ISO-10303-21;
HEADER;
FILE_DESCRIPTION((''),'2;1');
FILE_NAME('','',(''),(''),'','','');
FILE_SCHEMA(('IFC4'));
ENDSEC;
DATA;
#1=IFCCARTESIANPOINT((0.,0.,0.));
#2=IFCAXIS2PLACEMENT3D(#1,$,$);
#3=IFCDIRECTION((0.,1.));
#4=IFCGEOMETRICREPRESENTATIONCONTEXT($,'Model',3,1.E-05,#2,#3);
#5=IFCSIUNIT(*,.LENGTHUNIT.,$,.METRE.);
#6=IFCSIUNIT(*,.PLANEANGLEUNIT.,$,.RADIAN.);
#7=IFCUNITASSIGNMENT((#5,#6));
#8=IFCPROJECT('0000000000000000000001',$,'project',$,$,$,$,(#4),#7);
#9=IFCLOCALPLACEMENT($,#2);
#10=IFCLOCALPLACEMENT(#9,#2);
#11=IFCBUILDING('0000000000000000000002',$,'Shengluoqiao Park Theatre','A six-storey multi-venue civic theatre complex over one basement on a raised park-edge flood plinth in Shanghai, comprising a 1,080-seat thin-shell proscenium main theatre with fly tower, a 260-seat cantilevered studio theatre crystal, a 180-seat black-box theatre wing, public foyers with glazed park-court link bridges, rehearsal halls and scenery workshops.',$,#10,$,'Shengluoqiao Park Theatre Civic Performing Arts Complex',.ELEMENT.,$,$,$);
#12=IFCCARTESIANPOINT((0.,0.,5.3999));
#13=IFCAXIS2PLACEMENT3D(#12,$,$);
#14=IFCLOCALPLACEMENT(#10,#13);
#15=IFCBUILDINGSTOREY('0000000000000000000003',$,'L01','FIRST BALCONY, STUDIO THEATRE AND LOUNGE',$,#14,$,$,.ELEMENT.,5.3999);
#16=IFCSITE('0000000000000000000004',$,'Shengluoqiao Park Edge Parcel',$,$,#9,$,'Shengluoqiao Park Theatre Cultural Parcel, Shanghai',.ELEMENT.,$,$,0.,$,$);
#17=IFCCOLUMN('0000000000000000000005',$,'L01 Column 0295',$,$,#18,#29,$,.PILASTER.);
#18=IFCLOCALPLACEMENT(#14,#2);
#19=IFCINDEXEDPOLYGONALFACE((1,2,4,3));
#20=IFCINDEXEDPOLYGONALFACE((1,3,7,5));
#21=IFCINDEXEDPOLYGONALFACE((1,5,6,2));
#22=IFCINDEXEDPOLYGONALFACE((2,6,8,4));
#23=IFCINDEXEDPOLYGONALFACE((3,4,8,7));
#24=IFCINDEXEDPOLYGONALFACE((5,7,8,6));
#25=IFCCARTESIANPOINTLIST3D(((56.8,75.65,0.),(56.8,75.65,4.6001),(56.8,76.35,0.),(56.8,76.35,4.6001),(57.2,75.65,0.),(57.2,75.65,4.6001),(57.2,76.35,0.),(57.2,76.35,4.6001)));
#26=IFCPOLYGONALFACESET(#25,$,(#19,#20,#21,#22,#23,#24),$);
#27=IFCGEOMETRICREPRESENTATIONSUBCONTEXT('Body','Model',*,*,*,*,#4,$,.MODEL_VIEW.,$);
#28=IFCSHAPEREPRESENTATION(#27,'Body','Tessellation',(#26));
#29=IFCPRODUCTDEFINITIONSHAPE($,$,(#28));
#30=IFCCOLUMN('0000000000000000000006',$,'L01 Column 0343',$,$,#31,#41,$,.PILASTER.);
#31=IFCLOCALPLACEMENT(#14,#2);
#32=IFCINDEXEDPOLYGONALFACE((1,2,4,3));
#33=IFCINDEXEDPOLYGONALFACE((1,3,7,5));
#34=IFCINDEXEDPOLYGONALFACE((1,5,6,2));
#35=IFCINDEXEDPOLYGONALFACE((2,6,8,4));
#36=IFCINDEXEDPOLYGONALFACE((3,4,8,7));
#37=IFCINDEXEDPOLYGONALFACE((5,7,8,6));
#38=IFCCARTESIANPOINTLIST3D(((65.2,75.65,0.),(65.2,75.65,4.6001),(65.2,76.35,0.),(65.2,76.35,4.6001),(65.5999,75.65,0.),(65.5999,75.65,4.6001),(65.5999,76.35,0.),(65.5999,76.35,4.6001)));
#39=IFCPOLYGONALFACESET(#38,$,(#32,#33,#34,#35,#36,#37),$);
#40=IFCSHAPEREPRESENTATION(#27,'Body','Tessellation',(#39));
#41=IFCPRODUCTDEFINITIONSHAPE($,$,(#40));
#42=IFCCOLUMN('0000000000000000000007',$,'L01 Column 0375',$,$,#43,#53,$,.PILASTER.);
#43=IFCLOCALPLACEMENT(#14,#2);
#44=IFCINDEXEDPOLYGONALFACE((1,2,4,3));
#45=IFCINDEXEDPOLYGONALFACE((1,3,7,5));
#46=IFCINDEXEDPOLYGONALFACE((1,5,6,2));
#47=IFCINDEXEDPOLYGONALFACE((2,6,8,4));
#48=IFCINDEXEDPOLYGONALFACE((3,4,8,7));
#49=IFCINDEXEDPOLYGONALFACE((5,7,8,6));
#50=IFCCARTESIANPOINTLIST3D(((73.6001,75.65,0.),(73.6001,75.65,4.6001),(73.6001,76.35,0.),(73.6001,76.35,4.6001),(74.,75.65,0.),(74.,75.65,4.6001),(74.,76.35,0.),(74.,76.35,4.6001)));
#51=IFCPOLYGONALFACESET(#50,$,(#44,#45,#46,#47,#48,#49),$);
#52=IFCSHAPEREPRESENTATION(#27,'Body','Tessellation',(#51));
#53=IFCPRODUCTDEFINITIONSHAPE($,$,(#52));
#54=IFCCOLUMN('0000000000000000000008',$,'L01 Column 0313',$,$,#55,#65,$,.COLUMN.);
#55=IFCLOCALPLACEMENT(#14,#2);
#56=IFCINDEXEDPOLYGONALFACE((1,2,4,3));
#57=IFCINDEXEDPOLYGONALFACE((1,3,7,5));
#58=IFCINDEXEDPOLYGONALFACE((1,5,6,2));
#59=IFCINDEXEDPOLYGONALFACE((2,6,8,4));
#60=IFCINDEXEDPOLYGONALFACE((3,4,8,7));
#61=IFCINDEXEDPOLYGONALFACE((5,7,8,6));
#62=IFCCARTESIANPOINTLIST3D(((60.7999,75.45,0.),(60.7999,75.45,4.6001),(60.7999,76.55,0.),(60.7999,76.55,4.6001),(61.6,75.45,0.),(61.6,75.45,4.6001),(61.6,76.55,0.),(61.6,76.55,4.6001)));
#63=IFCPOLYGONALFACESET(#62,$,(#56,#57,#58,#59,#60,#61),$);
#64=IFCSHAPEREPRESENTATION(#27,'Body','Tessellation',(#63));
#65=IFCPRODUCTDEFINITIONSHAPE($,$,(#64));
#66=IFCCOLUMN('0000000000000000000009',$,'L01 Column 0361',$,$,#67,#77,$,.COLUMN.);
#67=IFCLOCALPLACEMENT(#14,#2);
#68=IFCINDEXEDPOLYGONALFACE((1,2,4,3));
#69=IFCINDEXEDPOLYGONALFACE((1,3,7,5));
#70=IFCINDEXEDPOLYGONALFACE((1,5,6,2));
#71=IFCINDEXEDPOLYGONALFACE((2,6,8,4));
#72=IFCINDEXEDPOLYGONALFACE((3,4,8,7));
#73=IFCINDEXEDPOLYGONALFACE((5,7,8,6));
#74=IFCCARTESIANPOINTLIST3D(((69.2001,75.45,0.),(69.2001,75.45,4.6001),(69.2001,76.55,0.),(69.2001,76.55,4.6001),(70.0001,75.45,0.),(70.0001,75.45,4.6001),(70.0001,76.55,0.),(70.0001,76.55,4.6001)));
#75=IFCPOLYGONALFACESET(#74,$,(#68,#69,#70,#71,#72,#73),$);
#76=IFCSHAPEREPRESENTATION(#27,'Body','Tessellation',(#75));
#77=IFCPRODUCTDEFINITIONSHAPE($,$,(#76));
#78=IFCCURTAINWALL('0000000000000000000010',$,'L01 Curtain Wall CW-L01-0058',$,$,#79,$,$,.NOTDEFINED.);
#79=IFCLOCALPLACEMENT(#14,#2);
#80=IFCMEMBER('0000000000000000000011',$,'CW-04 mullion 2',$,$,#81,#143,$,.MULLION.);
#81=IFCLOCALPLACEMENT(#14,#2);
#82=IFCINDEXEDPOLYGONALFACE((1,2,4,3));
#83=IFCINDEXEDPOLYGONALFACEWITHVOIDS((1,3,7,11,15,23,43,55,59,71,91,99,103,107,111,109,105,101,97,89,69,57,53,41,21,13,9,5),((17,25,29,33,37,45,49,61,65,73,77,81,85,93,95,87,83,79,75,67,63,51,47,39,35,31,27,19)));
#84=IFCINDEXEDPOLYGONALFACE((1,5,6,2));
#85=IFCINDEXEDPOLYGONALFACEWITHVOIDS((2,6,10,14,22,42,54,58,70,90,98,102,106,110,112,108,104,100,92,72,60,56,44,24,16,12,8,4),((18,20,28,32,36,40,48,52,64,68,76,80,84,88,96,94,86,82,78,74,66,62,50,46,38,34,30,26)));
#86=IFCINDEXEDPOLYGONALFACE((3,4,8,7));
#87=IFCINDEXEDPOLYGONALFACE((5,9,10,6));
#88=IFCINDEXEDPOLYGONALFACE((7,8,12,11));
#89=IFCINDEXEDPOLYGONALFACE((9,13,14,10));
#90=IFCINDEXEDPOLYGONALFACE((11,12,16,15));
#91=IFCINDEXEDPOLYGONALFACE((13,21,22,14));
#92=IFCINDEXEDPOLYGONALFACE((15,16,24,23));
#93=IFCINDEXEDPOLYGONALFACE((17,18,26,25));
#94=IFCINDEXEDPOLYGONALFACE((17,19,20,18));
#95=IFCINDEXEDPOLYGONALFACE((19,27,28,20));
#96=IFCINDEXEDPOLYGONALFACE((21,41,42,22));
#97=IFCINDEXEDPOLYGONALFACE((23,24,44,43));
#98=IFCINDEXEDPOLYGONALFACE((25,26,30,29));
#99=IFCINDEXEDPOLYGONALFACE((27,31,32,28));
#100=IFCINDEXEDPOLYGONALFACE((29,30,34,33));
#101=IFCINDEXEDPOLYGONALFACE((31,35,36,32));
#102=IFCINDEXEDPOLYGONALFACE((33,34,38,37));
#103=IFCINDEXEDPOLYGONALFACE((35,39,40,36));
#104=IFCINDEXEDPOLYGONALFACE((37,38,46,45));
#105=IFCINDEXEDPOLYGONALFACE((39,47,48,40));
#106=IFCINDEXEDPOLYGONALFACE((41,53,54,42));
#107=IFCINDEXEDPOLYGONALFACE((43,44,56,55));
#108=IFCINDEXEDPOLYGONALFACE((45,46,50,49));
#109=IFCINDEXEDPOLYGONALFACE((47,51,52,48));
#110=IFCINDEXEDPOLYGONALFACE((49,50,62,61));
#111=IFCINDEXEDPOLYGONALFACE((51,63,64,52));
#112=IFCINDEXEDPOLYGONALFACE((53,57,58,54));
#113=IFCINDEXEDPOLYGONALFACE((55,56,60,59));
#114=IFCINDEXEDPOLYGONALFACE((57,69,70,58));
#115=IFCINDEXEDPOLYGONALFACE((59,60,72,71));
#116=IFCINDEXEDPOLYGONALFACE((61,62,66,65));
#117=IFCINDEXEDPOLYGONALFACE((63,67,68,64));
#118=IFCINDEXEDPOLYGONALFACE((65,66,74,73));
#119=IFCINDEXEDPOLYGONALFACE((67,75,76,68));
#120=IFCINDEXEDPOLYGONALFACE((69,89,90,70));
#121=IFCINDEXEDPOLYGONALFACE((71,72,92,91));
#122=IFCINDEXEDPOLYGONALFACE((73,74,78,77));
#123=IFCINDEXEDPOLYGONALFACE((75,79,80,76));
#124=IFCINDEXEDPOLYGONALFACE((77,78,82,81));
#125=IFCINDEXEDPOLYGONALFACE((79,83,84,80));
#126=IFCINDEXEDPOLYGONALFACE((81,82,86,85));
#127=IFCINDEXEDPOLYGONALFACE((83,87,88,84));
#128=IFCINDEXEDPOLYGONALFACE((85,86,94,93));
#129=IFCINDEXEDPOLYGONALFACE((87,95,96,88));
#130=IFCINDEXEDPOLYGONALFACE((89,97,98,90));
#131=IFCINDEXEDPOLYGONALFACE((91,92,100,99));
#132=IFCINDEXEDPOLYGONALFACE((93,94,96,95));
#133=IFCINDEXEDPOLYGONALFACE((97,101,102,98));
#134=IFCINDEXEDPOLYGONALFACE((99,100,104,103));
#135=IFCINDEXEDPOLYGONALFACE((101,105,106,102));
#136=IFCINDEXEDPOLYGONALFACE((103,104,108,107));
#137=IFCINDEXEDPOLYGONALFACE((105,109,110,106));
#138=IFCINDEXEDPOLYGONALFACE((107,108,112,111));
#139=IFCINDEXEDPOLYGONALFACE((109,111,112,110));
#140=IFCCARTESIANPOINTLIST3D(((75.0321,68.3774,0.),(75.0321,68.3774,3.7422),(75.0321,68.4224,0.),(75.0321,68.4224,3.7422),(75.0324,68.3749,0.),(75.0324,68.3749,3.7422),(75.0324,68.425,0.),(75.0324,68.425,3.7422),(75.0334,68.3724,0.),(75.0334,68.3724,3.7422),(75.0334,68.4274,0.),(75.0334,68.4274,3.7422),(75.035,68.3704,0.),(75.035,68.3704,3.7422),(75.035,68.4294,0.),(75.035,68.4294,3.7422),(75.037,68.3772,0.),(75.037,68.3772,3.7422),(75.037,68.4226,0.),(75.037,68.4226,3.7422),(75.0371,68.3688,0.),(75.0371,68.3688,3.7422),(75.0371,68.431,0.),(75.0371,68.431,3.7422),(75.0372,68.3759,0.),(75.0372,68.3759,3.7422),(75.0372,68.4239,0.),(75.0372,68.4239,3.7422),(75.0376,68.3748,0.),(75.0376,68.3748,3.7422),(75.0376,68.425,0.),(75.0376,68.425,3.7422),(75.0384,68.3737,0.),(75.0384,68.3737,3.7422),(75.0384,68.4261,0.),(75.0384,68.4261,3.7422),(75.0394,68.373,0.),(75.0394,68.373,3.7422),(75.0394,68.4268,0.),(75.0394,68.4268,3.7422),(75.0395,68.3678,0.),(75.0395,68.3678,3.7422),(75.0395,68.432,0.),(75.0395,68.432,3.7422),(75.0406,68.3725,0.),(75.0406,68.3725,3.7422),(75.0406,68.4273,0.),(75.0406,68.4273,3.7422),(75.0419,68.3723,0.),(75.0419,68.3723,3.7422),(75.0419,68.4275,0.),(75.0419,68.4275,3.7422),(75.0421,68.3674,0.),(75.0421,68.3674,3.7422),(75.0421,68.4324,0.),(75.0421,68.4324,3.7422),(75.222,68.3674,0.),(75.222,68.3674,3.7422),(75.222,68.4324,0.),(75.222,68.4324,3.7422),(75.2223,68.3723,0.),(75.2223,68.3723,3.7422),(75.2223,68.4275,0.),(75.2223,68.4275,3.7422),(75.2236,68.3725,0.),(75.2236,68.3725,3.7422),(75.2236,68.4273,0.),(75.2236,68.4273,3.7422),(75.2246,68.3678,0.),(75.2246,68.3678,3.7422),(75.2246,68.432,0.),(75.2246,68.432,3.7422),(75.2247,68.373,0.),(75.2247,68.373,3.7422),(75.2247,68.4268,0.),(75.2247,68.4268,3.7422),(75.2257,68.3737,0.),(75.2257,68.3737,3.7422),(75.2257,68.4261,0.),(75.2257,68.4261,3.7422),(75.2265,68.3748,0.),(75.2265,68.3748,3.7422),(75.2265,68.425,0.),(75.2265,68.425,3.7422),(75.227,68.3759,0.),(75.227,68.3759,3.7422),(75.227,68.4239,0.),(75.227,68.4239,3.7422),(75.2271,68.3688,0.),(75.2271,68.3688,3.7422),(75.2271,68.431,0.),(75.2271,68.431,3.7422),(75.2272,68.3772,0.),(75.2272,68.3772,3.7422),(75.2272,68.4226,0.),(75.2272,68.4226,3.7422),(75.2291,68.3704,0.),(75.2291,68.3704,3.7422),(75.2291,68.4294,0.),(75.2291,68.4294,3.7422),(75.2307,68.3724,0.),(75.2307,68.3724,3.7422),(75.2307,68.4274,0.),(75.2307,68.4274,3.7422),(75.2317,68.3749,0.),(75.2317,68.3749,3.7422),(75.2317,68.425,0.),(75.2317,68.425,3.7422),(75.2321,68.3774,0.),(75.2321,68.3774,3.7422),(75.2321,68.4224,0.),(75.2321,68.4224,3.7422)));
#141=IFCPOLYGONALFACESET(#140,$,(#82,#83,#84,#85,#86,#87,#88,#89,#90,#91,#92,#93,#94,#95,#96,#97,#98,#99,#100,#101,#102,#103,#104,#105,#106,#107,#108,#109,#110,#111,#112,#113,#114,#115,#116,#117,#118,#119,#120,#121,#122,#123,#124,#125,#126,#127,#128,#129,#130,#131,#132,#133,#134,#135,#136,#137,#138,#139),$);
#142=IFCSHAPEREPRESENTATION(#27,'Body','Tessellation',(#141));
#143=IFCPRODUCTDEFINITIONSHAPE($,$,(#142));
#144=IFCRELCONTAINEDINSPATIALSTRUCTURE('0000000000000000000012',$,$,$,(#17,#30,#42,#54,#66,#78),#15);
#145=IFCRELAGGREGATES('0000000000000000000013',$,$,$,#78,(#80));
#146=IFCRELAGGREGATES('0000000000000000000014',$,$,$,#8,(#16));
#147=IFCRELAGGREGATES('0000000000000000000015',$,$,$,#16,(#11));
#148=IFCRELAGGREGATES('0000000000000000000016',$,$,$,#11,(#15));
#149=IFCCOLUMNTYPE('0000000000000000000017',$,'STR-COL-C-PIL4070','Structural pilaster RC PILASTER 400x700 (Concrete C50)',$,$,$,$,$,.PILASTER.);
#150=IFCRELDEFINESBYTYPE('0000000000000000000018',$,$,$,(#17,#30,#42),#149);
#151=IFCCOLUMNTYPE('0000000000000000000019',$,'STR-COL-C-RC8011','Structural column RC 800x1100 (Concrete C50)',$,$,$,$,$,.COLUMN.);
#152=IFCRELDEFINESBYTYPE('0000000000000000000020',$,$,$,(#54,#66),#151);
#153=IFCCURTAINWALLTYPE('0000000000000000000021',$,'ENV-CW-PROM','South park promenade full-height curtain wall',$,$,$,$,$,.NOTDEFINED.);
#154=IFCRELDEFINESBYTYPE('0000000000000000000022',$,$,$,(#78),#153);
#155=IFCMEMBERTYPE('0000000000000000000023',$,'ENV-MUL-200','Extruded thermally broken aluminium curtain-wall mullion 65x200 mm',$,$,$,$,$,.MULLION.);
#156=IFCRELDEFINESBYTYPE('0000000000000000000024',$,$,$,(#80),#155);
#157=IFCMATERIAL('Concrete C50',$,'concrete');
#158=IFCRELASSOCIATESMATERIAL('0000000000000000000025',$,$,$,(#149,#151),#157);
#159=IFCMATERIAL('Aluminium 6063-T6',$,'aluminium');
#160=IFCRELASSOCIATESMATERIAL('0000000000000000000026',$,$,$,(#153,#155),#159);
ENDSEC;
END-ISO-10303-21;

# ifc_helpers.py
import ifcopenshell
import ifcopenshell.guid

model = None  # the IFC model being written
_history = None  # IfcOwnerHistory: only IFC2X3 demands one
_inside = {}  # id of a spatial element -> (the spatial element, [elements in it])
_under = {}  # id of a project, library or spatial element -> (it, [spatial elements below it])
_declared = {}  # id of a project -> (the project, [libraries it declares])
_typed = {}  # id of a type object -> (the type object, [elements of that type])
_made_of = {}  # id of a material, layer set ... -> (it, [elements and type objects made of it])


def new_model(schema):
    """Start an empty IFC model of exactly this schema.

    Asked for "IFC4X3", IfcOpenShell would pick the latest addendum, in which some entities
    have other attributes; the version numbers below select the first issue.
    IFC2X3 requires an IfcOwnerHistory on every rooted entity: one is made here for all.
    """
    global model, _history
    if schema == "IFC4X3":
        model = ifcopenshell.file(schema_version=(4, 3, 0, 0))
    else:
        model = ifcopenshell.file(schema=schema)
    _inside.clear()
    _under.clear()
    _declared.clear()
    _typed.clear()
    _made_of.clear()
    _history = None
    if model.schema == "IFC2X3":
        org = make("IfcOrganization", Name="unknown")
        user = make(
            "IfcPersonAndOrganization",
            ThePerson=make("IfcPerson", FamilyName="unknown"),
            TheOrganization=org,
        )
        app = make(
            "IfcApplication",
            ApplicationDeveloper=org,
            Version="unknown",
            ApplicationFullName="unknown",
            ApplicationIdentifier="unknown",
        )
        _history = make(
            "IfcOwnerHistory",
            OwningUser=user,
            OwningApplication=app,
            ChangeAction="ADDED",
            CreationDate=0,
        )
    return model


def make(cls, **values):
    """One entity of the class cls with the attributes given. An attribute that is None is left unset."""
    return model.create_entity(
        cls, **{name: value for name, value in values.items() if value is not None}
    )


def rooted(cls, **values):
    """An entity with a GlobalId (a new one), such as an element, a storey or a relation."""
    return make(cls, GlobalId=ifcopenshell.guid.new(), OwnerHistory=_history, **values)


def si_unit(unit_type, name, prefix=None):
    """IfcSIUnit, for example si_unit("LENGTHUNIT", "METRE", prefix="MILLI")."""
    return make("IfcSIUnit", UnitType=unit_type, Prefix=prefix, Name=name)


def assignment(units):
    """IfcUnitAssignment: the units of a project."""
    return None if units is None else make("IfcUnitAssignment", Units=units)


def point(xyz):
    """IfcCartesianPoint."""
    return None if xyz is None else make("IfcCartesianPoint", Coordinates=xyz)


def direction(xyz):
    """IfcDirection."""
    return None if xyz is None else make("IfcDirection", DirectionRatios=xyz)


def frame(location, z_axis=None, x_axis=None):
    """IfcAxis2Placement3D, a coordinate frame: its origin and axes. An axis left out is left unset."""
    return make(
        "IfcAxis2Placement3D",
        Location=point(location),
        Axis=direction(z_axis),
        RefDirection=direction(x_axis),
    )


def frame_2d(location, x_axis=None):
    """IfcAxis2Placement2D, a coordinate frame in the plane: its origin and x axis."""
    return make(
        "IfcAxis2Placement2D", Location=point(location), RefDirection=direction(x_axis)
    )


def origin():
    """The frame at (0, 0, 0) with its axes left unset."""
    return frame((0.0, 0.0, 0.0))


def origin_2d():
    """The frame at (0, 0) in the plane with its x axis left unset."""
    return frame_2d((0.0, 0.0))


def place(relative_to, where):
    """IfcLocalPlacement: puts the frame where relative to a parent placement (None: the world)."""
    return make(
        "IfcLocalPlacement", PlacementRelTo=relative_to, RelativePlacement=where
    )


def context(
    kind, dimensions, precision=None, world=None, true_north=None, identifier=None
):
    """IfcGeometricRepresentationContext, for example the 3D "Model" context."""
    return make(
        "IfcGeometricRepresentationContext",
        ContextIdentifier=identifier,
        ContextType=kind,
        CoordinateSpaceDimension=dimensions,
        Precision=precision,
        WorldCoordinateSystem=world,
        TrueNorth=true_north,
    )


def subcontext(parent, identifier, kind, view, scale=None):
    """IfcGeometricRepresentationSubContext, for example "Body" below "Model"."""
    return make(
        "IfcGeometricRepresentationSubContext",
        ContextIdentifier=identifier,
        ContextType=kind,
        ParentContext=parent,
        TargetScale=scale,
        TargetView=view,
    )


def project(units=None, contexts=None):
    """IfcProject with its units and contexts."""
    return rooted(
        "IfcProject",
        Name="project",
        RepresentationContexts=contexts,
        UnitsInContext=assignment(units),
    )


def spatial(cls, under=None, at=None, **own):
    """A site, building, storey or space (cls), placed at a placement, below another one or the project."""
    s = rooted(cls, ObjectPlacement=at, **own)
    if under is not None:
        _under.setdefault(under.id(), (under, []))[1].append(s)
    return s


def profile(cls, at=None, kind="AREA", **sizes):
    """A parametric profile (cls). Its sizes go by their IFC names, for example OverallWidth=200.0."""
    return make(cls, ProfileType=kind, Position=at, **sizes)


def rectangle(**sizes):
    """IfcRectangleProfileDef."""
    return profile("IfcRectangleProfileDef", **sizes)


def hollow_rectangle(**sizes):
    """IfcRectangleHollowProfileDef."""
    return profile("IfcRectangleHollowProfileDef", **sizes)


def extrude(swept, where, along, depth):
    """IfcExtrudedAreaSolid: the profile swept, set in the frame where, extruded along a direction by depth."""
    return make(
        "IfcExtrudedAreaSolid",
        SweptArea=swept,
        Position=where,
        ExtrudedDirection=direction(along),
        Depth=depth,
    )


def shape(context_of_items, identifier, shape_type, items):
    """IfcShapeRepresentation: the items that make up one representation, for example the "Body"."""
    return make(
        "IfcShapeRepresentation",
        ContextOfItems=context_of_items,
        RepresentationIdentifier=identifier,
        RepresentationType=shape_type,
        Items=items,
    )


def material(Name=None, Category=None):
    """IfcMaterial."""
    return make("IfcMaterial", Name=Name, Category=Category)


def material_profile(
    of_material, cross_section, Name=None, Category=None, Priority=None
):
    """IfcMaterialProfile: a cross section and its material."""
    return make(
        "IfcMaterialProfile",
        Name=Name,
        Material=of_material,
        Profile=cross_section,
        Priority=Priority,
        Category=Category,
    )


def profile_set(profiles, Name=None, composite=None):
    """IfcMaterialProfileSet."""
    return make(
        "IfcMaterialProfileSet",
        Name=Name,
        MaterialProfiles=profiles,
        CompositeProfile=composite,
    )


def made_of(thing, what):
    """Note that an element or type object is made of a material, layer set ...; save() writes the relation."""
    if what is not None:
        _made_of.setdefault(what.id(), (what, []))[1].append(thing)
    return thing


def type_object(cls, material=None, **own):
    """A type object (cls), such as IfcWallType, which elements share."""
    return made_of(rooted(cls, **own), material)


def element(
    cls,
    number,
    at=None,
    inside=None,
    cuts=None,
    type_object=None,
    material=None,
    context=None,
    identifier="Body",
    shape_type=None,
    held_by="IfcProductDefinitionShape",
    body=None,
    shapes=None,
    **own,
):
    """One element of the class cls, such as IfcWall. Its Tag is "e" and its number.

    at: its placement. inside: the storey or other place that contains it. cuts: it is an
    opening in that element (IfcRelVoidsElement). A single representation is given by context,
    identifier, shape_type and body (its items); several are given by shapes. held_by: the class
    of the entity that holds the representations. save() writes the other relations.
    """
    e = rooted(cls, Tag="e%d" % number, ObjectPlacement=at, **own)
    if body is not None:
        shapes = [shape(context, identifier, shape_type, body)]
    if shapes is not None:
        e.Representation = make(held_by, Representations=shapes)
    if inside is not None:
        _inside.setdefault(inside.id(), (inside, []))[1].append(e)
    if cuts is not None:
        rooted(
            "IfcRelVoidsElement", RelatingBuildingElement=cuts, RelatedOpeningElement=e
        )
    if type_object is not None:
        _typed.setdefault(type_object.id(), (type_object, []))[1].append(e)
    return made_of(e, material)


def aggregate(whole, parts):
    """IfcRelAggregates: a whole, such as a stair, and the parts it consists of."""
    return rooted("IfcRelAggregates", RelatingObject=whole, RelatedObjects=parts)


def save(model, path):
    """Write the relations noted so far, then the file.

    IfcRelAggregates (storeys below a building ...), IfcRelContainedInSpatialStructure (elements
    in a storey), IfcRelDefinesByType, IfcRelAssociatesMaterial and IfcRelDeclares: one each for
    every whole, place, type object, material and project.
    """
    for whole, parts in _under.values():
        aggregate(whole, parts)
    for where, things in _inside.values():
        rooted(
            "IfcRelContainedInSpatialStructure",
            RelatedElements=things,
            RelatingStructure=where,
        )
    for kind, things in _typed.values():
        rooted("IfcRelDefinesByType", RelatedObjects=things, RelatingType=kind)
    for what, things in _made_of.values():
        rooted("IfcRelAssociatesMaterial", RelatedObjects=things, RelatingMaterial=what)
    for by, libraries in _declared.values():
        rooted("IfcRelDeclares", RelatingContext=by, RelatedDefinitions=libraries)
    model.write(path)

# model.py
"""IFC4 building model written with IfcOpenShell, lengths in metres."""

from ifc_helpers import new_model, si_unit, direction, frame, origin, origin_2d, place, context, subcontext, project, spatial, rectangle, hollow_rectangle, extrude, material, material_profile, profile_set, type_object, element, aggregate, save


model = new_model("IFC4")

# Units and contexts
model_context = context("Model", 3, precision=1e-05, world=origin(), true_north=direction((0.0, 1.0)))
body_context = subcontext(model_context, "Body", "Model", "MODEL_VIEW")
ifc_project = project(units=[si_unit("LENGTHUNIT", "METRE"), si_unit("PLANEANGLEUNIT", "RADIAN")], contexts=[model_context])

# Site, building, storey
site_placement = place(None, origin())
site = spatial("IfcSite", under=ifc_project, at=site_placement, Name="Shengluoqiao Park Edge Parcel", LongName="Shengluoqiao Park Theatre Cultural Parcel, Shanghai", CompositionType="ELEMENT", RefElevation=0.0)
building_placement = place(site_placement, origin())
building = spatial("IfcBuilding", under=site, at=building_placement, Name="Shengluoqiao Park Theatre", Description="A six-storey multi-venue civic theatre complex over one basement on a raised park-edge flood plinth in Shanghai, comprising a 1,080-seat thin-shell proscenium main theatre with fly tower, a 260-seat cantilevered studio theatre crystal, a 180-seat black-box theatre wing, public foyers with glazed park-court link bridges, rehearsal halls and scenery workshops.", LongName="Shengluoqiao Park Theatre Civic Performing Arts Complex", CompositionType="ELEMENT")
storey_placement = place(building_placement, frame((0.0, 0.0, 5.3999)))
storey = spatial("IfcBuildingStorey", under=building, at=storey_placement, Name="L01", Description="FIRST BALCONY, STUDIO THEATRE AND LOUNGE", CompositionType="ELEMENT", Elevation=5.3999)

# Columns
ifc_material_1 = material(Name="Concrete C50", Category="concrete")
ifc_material_profile_1 = material_profile(ifc_material_1, rectangle(XDim=0.3999, YDim=0.7, at=origin_2d()), Name="RC PILASTER 400x700")
ifc_profile_set_1 = profile_set([ifc_material_profile_1], Name="Concrete C50")
column_type_1 = type_object("IfcColumnType", Name="STR-COL-C-PIL4070", Description="Structural pilaster RC PILASTER 400x700 (Concrete C50)", PredefinedType="PILASTER", material=ifc_profile_set_1)
for number, where, z_axis, x_axis, name in (
    (1, (57.0, 76.0, 0.0), (0.0, 0.0, 1.0), (1.0, 0.0, 0.0), "L01 Column 0295"),
    (2, (65.3999, 76.0, 0.0), (0.0, 0.0, 1.0), (1.0, 0.0, 0.0), "L01 Column 0343"),
    (3, (73.8, 76.0, 0.0), (0.0, 0.0, 1.0), (1.0, 0.0, 0.0), "L01 Column 0375"),
):
    element("IfcColumn", number, at=place(storey_placement, frame(where, z_axis=z_axis, x_axis=x_axis)), inside=storey, type_object=column_type_1, Name=name, PredefinedType="PILASTER", context=body_context, shape_type="SweptSolid", body=[
        extrude(rectangle(XDim=0.3999, YDim=0.7, at=origin_2d()), origin(), (0.0, 0.0, 1.0), 4.6001),
    ])
ifc_material_profile_2 = material_profile(ifc_material_1, rectangle(XDim=0.8, YDim=1.1001, at=origin_2d()), Name="RC 800x1100")
ifc_profile_set_2 = profile_set([ifc_material_profile_2], Name="Concrete C50")
column_type_2 = type_object("IfcColumnType", Name="STR-COL-C-RC8011", Description="Structural column RC 800x1100 (Concrete C50)", PredefinedType="COLUMN", material=ifc_profile_set_2)
for number, where, z_axis, x_axis, name in (
    (4, (61.2, 76.0, 0.0), (0.0, 0.0, 1.0), (1.0, 0.0, 0.0), "L01 Column 0313"),
    (5, (69.6001, 76.0, 0.0), (0.0, 0.0, 1.0), (1.0, 0.0, 0.0), "L01 Column 0361"),
):
    element("IfcColumn", number, at=place(storey_placement, frame(where, z_axis=z_axis, x_axis=x_axis)), inside=storey, type_object=column_type_2, Name=name, PredefinedType="COLUMN", context=body_context, shape_type="SweptSolid", body=[
        extrude(rectangle(XDim=0.8, YDim=1.1001, at=origin_2d()), origin(), (0.0, 0.0, 1.0), 4.6001),
    ])

# Curtain wall, member
ifc_material_2 = material(Name="Aluminium 6063-T6", Category="aluminium")
curtain_wall_type = type_object("IfcCurtainWallType", Name="ENV-CW-PROM", Description="South park promenade full-height curtain wall", PredefinedType="NOTDEFINED", material=ifc_material_2)
curtain_wall_placement = place(storey_placement, origin())
curtain_wall = element("IfcCurtainWall", 6, at=curtain_wall_placement, inside=storey, type_object=curtain_wall_type, Name="L01 Curtain Wall CW-L01-0058", PredefinedType="NOTDEFINED")
ifc_material_profile_3 = material_profile(ifc_material_2, hollow_rectangle(XDim=0.0649, YDim=0.2, WallThickness=0.0049, InnerFilletRadius=0.0049, OuterFilletRadius=0.01, at=origin_2d()), Name="ALU MULLION 200x65x5")
ifc_profile_set_3 = profile_set([ifc_material_profile_3], Name="Aluminium 6063-T6")
member_type_1 = type_object("IfcMemberType", Name="ENV-MUL-200", Description="Extruded thermally broken aluminium curtain-wall mullion 65x200 mm", PredefinedType="MULLION", material=ifc_profile_set_3)
member_1_placement = place(storey_placement, frame((75.1321, 68.3999, 0.0), z_axis=(0.0, 0.0, 1.0), x_axis=(0.0, 1.0, 0.0)))
member_1 = element("IfcMember", 7, at=member_1_placement, type_object=member_type_1, Name="CW-04 mullion 2", PredefinedType="MULLION", context=body_context, shape_type="SweptSolid", body=[
    extrude(hollow_rectangle(XDim=0.0649, YDim=0.2, WallThickness=0.0049, InnerFilletRadius=0.0049, OuterFilletRadius=0.01, at=origin_2d()), origin(), (0.0, 0.0, 1.0), 3.7422),
])

aggregate(curtain_wall, [member_1])

save(model, "model.ifc")
